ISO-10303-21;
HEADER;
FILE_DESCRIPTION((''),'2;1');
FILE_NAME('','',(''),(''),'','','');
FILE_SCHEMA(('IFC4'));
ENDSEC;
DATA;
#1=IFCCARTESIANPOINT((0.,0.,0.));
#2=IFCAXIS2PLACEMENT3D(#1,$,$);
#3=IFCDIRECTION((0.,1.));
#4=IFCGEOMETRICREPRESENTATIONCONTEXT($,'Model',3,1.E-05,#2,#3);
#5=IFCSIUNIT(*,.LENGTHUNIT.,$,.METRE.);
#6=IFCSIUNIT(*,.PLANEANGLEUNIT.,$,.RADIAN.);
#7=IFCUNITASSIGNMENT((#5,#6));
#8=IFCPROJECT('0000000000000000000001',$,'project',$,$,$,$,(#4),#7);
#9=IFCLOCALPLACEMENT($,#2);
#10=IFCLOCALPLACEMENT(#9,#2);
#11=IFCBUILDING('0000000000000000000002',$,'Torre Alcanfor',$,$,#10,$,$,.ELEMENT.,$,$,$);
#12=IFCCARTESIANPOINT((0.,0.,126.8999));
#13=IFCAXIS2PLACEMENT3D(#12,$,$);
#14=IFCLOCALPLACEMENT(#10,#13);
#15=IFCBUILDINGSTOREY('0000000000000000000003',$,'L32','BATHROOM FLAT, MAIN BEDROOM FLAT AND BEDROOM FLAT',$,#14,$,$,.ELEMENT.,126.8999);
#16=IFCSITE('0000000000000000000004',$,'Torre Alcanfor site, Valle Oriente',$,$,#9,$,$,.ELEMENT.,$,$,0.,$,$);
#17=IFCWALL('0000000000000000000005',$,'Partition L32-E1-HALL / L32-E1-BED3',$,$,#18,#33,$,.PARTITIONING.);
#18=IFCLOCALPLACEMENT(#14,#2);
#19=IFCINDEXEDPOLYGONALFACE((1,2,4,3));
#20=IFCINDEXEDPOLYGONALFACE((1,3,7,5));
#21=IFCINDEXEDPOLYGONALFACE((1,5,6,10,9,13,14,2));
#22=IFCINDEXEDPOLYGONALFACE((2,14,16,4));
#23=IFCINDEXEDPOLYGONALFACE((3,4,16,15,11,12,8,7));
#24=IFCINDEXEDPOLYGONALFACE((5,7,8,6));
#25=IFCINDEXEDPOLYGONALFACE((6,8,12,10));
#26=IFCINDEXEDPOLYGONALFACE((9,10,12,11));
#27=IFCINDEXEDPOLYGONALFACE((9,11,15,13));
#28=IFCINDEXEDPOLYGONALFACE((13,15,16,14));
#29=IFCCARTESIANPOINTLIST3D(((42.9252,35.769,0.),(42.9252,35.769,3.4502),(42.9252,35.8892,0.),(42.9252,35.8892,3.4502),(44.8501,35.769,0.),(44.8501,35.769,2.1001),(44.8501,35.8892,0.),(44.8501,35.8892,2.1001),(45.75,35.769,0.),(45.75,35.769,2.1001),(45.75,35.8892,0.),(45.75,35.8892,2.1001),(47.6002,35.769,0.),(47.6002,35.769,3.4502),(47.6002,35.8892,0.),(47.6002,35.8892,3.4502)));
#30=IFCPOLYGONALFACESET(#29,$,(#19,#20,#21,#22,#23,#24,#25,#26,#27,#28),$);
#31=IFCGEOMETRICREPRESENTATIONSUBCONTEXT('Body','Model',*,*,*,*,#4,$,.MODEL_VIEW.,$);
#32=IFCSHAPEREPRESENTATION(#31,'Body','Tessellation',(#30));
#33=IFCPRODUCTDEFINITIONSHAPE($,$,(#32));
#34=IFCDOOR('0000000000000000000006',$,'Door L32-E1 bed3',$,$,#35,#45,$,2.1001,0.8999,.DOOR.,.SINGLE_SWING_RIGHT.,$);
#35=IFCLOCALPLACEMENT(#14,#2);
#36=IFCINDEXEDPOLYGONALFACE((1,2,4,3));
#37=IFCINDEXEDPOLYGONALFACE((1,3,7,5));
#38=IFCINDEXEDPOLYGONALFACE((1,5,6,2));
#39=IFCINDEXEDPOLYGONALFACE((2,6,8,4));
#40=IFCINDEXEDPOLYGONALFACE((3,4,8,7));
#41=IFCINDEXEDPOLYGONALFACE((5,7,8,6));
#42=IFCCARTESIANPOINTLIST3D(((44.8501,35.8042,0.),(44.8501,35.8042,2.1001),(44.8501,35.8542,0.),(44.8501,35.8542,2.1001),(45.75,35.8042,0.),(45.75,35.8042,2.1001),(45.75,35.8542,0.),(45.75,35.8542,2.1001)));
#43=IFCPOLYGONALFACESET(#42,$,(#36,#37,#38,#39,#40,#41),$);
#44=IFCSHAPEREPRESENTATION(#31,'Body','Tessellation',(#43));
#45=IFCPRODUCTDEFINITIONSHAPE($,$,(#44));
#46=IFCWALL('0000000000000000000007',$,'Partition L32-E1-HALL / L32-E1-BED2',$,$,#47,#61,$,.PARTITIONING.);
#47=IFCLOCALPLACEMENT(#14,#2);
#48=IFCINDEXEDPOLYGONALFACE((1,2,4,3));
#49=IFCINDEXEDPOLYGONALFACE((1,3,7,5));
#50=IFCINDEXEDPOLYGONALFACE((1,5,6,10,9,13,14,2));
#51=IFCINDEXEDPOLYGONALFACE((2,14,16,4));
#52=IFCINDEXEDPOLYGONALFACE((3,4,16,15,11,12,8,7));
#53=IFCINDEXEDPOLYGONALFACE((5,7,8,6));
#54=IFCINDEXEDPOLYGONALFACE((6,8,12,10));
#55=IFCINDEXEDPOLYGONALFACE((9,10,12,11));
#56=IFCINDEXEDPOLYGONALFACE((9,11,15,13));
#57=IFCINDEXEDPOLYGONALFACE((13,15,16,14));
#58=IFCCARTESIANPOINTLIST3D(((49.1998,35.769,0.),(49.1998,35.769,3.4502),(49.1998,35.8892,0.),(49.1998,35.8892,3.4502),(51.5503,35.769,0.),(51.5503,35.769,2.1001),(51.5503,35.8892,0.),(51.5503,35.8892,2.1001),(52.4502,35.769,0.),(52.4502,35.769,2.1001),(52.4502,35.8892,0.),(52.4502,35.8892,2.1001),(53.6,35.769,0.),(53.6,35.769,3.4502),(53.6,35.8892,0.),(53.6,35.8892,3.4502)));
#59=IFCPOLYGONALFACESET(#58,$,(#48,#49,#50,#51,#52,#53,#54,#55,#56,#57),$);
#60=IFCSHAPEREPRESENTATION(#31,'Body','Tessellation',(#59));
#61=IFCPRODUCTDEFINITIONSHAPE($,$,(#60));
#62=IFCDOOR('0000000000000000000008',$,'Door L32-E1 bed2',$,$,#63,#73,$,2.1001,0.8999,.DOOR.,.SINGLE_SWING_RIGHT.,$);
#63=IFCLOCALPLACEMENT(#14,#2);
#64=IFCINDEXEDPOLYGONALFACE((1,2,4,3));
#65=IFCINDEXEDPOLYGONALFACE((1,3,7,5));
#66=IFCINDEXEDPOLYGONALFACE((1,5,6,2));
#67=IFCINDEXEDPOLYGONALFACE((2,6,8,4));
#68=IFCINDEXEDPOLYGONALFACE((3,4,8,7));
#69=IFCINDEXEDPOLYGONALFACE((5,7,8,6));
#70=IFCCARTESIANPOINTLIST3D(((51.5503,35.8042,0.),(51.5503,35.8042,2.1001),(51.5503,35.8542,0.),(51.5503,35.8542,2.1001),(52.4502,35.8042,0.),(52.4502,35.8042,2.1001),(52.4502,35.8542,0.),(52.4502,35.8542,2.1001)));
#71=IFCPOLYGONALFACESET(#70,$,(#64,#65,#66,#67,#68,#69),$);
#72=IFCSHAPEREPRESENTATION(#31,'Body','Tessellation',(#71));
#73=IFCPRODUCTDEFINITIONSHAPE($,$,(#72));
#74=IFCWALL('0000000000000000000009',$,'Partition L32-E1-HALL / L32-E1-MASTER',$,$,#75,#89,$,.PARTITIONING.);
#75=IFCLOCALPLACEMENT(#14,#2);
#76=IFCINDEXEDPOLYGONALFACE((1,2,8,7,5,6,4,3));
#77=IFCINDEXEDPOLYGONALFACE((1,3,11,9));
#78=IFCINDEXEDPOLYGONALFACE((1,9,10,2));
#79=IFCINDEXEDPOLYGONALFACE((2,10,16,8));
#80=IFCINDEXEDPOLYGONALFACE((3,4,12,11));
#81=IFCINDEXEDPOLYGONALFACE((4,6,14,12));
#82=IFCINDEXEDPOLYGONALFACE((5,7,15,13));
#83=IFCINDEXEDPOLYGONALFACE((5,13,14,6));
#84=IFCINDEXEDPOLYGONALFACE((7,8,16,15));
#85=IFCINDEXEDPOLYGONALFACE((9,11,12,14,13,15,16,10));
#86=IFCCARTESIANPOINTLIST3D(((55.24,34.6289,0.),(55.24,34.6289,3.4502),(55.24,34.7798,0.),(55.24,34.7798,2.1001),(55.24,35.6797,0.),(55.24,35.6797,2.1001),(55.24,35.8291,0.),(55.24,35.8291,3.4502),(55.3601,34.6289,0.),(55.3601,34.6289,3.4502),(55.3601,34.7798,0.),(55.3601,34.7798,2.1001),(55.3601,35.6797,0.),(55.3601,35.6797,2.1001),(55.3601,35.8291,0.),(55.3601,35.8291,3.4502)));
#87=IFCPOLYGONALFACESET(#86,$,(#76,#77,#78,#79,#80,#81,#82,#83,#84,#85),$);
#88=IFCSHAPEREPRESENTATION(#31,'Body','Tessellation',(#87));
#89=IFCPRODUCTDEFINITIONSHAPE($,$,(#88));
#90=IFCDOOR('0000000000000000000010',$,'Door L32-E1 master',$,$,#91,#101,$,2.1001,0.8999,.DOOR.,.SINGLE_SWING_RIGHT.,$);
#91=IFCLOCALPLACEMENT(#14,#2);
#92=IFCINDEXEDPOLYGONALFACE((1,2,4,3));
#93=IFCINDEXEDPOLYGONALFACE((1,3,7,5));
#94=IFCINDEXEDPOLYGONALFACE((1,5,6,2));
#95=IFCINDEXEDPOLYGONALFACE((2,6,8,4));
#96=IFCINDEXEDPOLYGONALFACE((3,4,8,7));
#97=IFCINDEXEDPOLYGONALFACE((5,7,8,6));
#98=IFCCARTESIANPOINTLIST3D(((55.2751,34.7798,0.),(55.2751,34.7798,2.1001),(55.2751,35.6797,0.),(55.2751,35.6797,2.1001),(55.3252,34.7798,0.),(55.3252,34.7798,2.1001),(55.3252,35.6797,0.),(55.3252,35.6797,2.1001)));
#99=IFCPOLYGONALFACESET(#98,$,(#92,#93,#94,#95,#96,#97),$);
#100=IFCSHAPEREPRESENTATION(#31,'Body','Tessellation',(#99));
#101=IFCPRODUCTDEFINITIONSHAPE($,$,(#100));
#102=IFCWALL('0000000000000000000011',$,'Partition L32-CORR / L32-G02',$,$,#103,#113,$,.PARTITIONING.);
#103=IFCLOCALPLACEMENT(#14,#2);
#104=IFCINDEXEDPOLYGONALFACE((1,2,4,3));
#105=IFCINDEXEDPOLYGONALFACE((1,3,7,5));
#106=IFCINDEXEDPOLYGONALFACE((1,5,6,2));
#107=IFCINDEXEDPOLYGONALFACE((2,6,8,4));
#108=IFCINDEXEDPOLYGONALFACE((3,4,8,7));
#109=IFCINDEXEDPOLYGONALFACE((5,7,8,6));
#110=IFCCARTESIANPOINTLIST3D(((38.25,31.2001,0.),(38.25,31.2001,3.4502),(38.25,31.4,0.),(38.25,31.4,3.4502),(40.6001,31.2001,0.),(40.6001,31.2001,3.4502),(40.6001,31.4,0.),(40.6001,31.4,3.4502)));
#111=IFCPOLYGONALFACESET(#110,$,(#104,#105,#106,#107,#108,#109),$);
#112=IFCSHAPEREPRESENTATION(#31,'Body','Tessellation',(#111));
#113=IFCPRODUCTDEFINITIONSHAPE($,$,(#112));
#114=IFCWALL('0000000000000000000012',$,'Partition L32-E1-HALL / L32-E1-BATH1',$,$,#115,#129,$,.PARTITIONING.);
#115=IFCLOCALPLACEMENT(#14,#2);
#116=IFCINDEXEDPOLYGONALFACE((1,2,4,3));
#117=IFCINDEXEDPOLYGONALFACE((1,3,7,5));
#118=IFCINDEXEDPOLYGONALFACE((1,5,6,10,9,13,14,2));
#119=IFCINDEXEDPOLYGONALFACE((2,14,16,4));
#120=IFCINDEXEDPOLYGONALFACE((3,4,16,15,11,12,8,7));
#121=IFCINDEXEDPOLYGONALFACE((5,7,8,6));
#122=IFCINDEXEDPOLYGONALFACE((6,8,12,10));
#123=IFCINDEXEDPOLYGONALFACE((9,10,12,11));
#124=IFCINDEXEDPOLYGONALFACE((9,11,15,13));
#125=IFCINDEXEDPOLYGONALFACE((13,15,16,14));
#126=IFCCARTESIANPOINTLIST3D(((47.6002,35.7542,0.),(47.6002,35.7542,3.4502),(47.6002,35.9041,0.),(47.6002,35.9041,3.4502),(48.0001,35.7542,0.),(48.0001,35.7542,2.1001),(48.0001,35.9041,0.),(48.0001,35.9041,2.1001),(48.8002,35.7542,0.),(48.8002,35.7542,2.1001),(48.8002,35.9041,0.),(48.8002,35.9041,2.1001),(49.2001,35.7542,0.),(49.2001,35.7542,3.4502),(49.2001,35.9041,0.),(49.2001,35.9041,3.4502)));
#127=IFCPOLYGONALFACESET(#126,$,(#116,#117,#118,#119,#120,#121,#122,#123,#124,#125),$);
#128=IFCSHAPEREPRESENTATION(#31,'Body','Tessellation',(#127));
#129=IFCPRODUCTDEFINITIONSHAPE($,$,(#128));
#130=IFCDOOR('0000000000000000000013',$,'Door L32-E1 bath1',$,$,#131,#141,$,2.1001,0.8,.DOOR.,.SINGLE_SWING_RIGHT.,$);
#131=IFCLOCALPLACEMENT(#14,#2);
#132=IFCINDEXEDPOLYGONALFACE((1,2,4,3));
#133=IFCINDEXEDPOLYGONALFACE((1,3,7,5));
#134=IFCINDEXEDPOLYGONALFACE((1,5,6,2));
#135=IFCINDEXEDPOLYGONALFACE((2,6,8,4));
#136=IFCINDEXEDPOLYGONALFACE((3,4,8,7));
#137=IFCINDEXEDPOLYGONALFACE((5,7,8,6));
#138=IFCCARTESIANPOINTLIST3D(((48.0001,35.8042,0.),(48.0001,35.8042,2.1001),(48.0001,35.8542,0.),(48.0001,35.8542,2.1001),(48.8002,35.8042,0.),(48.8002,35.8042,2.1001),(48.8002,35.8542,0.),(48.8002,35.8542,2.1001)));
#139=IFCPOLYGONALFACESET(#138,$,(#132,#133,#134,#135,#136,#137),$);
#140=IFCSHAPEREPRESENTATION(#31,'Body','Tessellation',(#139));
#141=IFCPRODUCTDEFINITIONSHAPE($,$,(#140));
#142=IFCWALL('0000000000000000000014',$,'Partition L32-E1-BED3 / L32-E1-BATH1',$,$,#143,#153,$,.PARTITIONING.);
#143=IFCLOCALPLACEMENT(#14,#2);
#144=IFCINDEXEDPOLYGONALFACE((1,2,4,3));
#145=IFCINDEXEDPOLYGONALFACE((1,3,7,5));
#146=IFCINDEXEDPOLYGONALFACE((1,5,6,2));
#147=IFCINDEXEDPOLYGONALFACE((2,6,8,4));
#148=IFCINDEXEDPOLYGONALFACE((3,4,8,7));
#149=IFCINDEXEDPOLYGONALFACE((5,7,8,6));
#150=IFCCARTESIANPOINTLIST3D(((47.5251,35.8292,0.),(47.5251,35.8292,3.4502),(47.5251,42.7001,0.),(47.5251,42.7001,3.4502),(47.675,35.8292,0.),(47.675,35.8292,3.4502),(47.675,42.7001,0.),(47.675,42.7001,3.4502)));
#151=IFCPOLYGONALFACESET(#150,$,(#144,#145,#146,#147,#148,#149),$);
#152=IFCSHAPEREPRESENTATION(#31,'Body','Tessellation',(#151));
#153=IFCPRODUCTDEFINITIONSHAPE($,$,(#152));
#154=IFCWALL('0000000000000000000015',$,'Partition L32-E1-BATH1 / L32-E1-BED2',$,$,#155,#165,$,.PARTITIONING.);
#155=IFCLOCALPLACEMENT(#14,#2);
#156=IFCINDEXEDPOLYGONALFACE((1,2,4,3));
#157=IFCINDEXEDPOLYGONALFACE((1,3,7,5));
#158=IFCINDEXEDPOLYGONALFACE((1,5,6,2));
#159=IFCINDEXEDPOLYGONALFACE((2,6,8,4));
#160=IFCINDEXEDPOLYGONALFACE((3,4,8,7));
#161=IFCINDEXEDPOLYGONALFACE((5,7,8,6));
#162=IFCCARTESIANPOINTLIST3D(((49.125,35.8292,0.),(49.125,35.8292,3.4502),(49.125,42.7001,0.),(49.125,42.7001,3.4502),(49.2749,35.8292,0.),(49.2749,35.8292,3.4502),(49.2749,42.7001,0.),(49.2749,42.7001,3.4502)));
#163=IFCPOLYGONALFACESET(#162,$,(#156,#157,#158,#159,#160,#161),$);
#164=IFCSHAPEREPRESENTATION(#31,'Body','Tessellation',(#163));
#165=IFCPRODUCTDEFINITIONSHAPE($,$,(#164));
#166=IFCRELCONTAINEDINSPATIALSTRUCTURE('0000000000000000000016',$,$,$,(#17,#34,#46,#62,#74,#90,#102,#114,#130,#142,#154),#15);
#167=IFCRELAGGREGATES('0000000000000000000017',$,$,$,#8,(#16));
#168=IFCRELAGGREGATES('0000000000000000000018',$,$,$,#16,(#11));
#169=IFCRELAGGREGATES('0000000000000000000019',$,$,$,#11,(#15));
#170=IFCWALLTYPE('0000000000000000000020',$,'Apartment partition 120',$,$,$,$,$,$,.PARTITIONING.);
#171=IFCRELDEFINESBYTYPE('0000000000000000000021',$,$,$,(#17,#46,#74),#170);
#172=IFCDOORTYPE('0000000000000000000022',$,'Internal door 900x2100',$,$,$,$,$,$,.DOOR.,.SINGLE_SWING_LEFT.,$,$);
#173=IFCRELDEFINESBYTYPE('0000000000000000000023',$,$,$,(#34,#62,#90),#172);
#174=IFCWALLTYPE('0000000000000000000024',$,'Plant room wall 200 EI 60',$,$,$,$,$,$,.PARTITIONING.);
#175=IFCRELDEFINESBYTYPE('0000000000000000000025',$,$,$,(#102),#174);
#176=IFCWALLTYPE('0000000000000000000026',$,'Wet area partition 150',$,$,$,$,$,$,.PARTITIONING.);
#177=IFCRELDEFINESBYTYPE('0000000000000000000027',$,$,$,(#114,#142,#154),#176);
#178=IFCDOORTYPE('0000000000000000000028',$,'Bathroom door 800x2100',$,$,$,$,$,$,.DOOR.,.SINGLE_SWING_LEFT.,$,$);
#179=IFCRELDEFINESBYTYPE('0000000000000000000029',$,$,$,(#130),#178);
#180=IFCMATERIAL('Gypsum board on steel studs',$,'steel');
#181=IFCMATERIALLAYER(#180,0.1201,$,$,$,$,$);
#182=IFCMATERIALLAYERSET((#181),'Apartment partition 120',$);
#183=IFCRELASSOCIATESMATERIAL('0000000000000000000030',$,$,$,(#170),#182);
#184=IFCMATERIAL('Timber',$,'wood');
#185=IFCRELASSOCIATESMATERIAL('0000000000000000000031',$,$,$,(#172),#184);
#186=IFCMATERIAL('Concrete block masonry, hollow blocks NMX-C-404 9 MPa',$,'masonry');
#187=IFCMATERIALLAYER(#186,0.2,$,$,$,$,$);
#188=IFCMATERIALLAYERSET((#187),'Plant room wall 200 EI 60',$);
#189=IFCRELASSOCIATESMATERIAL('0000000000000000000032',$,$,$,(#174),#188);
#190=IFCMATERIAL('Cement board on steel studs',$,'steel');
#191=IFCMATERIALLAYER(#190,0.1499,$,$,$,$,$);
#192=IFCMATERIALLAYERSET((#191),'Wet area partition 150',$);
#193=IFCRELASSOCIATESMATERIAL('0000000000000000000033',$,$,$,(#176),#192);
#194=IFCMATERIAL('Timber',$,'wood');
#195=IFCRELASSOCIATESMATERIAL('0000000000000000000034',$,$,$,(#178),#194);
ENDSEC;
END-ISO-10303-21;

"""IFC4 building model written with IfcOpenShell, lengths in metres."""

from ifc_helpers import new_model, si_unit, direction, frame, frame_2d, origin, place, context, subcontext, project, spatial, rectangle, extrude, material, layer, layer_set, type_object, element, fill, save


model = new_model("IFC4")

# Units and contexts
model_context = context("Model", 3, precision=1e-05, world=origin(), true_north=direction((0.0, 1.0)))
body_context = subcontext(model_context, "Body", "Model", "MODEL_VIEW")
ifc_project = project(units=[si_unit("LENGTHUNIT", "METRE"), si_unit("PLANEANGLEUNIT", "RADIAN")], contexts=[model_context])

# Site, building, storey
site_placement = place(None, origin())
site = spatial("IfcSite", under=ifc_project, at=site_placement, Name="Torre Alcanfor site, Valle Oriente", CompositionType="ELEMENT", RefElevation=0.0)
building_placement = place(site_placement, origin())
building = spatial("IfcBuilding", under=site, at=building_placement, Name="Torre Alcanfor", CompositionType="ELEMENT")
storey_placement = place(building_placement, frame((0.0, 0.0, 126.8999)))
storey = spatial("IfcBuildingStorey", under=building, at=storey_placement, Name="L32", Description="BATHROOM FLAT, MAIN BEDROOM FLAT AND BEDROOM FLAT", CompositionType="ELEMENT", Elevation=126.8999)

# Shared definitions
ifc_material_1 = material(Name="Gypsum board on steel studs", Category="steel")
ifc_layer_1 = layer(ifc_material_1, 0.1201)
ifc_layer_set_1 = layer_set([ifc_layer_1], Name="Apartment partition 120")
wall_type_1 = type_object("IfcWallType", Name="Apartment partition 120", PredefinedType="PARTITIONING", material=ifc_layer_set_1)

# Shared definitions
ifc_material_2 = material(Name="Timber", Category="wood")
door_type_1 = type_object("IfcDoorType", Name="Internal door 900x2100", OperationType="SINGLE_SWING_LEFT", PredefinedType="DOOR", material=ifc_material_2)

# Walls, openings, doors
wall_1_placement = place(storey_placement, frame((47.6001, 35.8291, 0.0), z_axis=(0.0, 0.0, 1.0), x_axis=(-1.0, 0.0, 0.0)))
wall_1 = element("IfcWall", 1, at=wall_1_placement, inside=storey, type_object=wall_type_1, Name="Partition L32-E1-HALL / L32-E1-BED3", PredefinedType="PARTITIONING", context=body_context, shape_type="SweptSolid", body=[
    extrude(rectangle(XDim=4.675, YDim=0.1201, at=frame_2d((2.3374, 0.0))), origin(), (0.0, 0.0, 1.0), 3.4502),
])
opening_1_placement = place(wall_1_placement, frame((1.8501, 0.0, 0.0)))
opening_1 = element("IfcOpeningElement", 2, at=opening_1_placement, cuts=wall_1, PredefinedType="OPENING", context=body_context, shape_type="SweptSolid", body=[
    extrude(rectangle(XDim=0.8999, YDim=2.1001, at=frame_2d((0.45, 1.05))), frame((0.0, 0.0701, 0.0), z_axis=(0.0, -1.0, 0.0), x_axis=(1.0, 0.0, 0.0)), (0.0, 0.0, 1.0), 0.1401),
])
door_1_placement = place(opening_1_placement, frame((0.8999, 0.0, 0.0), z_axis=(0.0, 0.0, 1.0), x_axis=(-1.0, 0.0, 0.0)))
door_1 = element("IfcDoor", 3, at=door_1_placement, inside=storey, type_object=door_type_1, Name="Door L32-E1 bed3", OperationType="SINGLE_SWING_RIGHT", OverallHeight=2.1001, OverallWidth=0.8999, PredefinedType="DOOR", context=body_context, shape_type="SweptSolid", body=[
    extrude(rectangle(XDim=0.8999, YDim=2.1001, at=frame_2d((0.45, 1.05))), frame((0.0, 0.0251, 0.0), z_axis=(0.0, -1.0, 0.0), x_axis=(1.0, 0.0, 0.0)), (0.0, 0.0, 1.0), 0.05),
])
fill(opening_1, door_1)
wall_2_placement = place(storey_placement, frame((53.6001, 35.8291, 0.0), z_axis=(0.0, 0.0, 1.0), x_axis=(-1.0, 0.0, 0.0)))
wall_2 = element("IfcWall", 4, at=wall_2_placement, inside=storey, type_object=wall_type_1, Name="Partition L32-E1-HALL / L32-E1-BED2", PredefinedType="PARTITIONING", context=body_context, shape_type="SweptSolid", body=[
    extrude(rectangle(XDim=4.4001, YDim=0.1201, at=frame_2d((2.2002, 0.0))), origin(), (0.0, 0.0, 1.0), 3.4502),
])
opening_2_placement = place(wall_2_placement, frame((1.1499, 0.0, 0.0)))
opening_2 = element("IfcOpeningElement", 5, at=opening_2_placement, cuts=wall_2, PredefinedType="OPENING", context=body_context, shape_type="SweptSolid", body=[
    extrude(rectangle(XDim=0.8999, YDim=2.1001, at=frame_2d((0.45, 1.05))), frame((0.0, 0.0701, 0.0), z_axis=(0.0, -1.0, 0.0), x_axis=(1.0, 0.0, 0.0)), (0.0, 0.0, 1.0), 0.1401),
])
door_2_placement = place(opening_2_placement, frame((0.8999, 0.0, 0.0), z_axis=(0.0, 0.0, 1.0), x_axis=(-1.0, 0.0, 0.0)))
door_2 = element("IfcDoor", 6, at=door_2_placement, inside=storey, type_object=door_type_1, Name="Door L32-E1 bed2", OperationType="SINGLE_SWING_RIGHT", OverallHeight=2.1001, OverallWidth=0.8999, PredefinedType="DOOR", context=body_context, shape_type="SweptSolid", body=[
    extrude(rectangle(XDim=0.8999, YDim=2.1001, at=frame_2d((0.45, 1.05))), frame((0.0, 0.0251, 0.0), z_axis=(0.0, -1.0, 0.0), x_axis=(1.0, 0.0, 0.0)), (0.0, 0.0, 1.0), 0.05),
])
fill(opening_2, door_2)
wall_3_placement = place(storey_placement, frame((55.3, 34.6289, 0.0), z_axis=(0.0, 0.0, 1.0), x_axis=(0.0, 1.0, 0.0)))
wall_3 = element("IfcWall", 7, at=wall_3_placement, inside=storey, type_object=wall_type_1, Name="Partition L32-E1-HALL / L32-E1-MASTER", PredefinedType="PARTITIONING", context=body_context, shape_type="SweptSolid", body=[
    extrude(rectangle(XDim=1.2002, YDim=0.1201, at=frame_2d((0.6001, 0.0))), origin(), (0.0, 0.0, 1.0), 3.4502),
])
opening_3_placement = place(wall_3_placement, frame((0.1509, 0.0, 0.0)))
opening_3 = element("IfcOpeningElement", 8, at=opening_3_placement, cuts=wall_3, PredefinedType="OPENING", context=body_context, shape_type="SweptSolid", body=[
    extrude(rectangle(XDim=0.8999, YDim=2.1001, at=frame_2d((0.45, 1.05))), frame((0.0, 0.0701, 0.0), z_axis=(0.0, -1.0, 0.0), x_axis=(1.0, 0.0, 0.0)), (0.0, 0.0, 1.0), 0.1401),
])
door_3_placement = place(opening_3_placement, frame((0.8999, 0.0, 0.0), z_axis=(0.0, 0.0, 1.0), x_axis=(-1.0, 0.0, 0.0)))
door_3 = element("IfcDoor", 9, at=door_3_placement, inside=storey, type_object=door_type_1, Name="Door L32-E1 master", OperationType="SINGLE_SWING_RIGHT", OverallHeight=2.1001, OverallWidth=0.8999, PredefinedType="DOOR", context=body_context, shape_type="SweptSolid", body=[
    extrude(rectangle(XDim=0.8999, YDim=2.1001, at=frame_2d((0.45, 1.05))), frame((0.0, 0.0251, 0.0), z_axis=(0.0, -1.0, 0.0), x_axis=(1.0, 0.0, 0.0)), (0.0, 0.0, 1.0), 0.05),
])
fill(opening_3, door_3)

# Wall
ifc_material_3 = material(Name="Concrete block masonry, hollow blocks NMX-C-404 9 MPa", Category="masonry")
ifc_layer_2 = layer(ifc_material_3, 0.2)
ifc_layer_set_2 = layer_set([ifc_layer_2], Name="Plant room wall 200 EI 60")
wall_type_2 = type_object("IfcWallType", Name="Plant room wall 200 EI 60", PredefinedType="PARTITIONING", material=ifc_layer_set_2)
wall_4_placement = place(storey_placement, frame((40.6001, 31.3, 0.0), z_axis=(0.0, 0.0, 1.0), x_axis=(-1.0, 0.0, 0.0)))
element("IfcWall", 10, at=wall_4_placement, inside=storey, type_object=wall_type_2, Name="Partition L32-CORR / L32-G02", PredefinedType="PARTITIONING", context=body_context, shape_type="SweptSolid", body=[
    extrude(rectangle(XDim=2.3501, YDim=0.2, at=frame_2d((1.175, 0.0))), origin(), (0.0, 0.0, 1.0), 3.4502),
])

# Wall, opening, door
ifc_material_4 = material(Name="Cement board on steel studs", Category="steel")
ifc_layer_3 = layer(ifc_material_4, 0.1499)
ifc_layer_set_3 = layer_set([ifc_layer_3], Name="Wet area partition 150")
wall_type_3 = type_object("IfcWallType", Name="Wet area partition 150", PredefinedType="PARTITIONING", material=ifc_layer_set_3)
wall_5_placement = place(storey_placement, frame((49.2, 35.8291, 0.0), z_axis=(0.0, 0.0, 1.0), x_axis=(-1.0, 0.0, 0.0)))
wall_5 = element("IfcWall", 11, at=wall_5_placement, inside=storey, type_object=wall_type_3, Name="Partition L32-E1-HALL / L32-E1-BATH1", PredefinedType="PARTITIONING", context=body_context, shape_type="SweptSolid", body=[
    extrude(rectangle(XDim=1.5999, YDim=0.1499, at=frame_2d((0.7998, 0.0))), origin(), (0.0, 0.0, 1.0), 3.4502),
])
opening_4_placement = place(wall_5_placement, frame((0.3999, 0.0, 0.0)))
opening_4 = element("IfcOpeningElement", 12, at=opening_4_placement, cuts=wall_5, PredefinedType="OPENING", context=body_context, shape_type="SweptSolid", body=[
    extrude(rectangle(XDim=0.8, YDim=2.1001, at=frame_2d((0.3999, 1.05))), frame((0.0, 0.085, 0.0), z_axis=(0.0, -1.0, 0.0), x_axis=(1.0, 0.0, 0.0)), (0.0, 0.0, 1.0), 0.1699),
])
ifc_material_5 = material(Name="Timber", Category="wood")
door_type_2 = type_object("IfcDoorType", Name="Bathroom door 800x2100", OperationType="SINGLE_SWING_LEFT", PredefinedType="DOOR", material=ifc_material_5)
door_4_placement = place(opening_4_placement, frame((0.8, 0.0, 0.0), z_axis=(0.0, 0.0, 1.0), x_axis=(-1.0, 0.0, 0.0)))
door_4 = element("IfcDoor", 13, at=door_4_placement, inside=storey, type_object=door_type_2, Name="Door L32-E1 bath1", OperationType="SINGLE_SWING_RIGHT", OverallHeight=2.1001, OverallWidth=0.8, PredefinedType="DOOR", context=body_context, shape_type="SweptSolid", body=[
    extrude(rectangle(XDim=0.8, YDim=2.1001, at=frame_2d((0.4001, 1.05))), frame((0.0, 0.0251, 0.0), z_axis=(0.0, -1.0, 0.0), x_axis=(1.0, 0.0, 0.0)), (0.0, 0.0, 1.0), 0.05),
])
fill(opening_4, door_4)

# Walls
for number, where, z_axis, x_axis, name in (
    (14, (47.6001, 35.8291, 0.0), (0.0, 0.0, 1.0), (0.0, 1.0, 0.0), "Partition L32-E1-BED3 / L32-E1-BATH1"),
    (15, (49.2, 35.8291, 0.0), (0.0, 0.0, 1.0), (0.0, 1.0, 0.0), "Partition L32-E1-BATH1 / L32-E1-BED2"),
):
    element("IfcWall", number, at=place(storey_placement, frame(where, z_axis=z_axis, x_axis=x_axis)), inside=storey, type_object=wall_type_3, Name=name, PredefinedType="PARTITIONING", context=body_context, shape_type="SweptSolid", body=[
        extrude(rectangle(XDim=6.8708, YDim=0.1499, at=frame_2d((3.4355, 0.0))), origin(), (0.0, 0.0, 1.0), 3.4502),
    ])

save(model, "model.ifc")
